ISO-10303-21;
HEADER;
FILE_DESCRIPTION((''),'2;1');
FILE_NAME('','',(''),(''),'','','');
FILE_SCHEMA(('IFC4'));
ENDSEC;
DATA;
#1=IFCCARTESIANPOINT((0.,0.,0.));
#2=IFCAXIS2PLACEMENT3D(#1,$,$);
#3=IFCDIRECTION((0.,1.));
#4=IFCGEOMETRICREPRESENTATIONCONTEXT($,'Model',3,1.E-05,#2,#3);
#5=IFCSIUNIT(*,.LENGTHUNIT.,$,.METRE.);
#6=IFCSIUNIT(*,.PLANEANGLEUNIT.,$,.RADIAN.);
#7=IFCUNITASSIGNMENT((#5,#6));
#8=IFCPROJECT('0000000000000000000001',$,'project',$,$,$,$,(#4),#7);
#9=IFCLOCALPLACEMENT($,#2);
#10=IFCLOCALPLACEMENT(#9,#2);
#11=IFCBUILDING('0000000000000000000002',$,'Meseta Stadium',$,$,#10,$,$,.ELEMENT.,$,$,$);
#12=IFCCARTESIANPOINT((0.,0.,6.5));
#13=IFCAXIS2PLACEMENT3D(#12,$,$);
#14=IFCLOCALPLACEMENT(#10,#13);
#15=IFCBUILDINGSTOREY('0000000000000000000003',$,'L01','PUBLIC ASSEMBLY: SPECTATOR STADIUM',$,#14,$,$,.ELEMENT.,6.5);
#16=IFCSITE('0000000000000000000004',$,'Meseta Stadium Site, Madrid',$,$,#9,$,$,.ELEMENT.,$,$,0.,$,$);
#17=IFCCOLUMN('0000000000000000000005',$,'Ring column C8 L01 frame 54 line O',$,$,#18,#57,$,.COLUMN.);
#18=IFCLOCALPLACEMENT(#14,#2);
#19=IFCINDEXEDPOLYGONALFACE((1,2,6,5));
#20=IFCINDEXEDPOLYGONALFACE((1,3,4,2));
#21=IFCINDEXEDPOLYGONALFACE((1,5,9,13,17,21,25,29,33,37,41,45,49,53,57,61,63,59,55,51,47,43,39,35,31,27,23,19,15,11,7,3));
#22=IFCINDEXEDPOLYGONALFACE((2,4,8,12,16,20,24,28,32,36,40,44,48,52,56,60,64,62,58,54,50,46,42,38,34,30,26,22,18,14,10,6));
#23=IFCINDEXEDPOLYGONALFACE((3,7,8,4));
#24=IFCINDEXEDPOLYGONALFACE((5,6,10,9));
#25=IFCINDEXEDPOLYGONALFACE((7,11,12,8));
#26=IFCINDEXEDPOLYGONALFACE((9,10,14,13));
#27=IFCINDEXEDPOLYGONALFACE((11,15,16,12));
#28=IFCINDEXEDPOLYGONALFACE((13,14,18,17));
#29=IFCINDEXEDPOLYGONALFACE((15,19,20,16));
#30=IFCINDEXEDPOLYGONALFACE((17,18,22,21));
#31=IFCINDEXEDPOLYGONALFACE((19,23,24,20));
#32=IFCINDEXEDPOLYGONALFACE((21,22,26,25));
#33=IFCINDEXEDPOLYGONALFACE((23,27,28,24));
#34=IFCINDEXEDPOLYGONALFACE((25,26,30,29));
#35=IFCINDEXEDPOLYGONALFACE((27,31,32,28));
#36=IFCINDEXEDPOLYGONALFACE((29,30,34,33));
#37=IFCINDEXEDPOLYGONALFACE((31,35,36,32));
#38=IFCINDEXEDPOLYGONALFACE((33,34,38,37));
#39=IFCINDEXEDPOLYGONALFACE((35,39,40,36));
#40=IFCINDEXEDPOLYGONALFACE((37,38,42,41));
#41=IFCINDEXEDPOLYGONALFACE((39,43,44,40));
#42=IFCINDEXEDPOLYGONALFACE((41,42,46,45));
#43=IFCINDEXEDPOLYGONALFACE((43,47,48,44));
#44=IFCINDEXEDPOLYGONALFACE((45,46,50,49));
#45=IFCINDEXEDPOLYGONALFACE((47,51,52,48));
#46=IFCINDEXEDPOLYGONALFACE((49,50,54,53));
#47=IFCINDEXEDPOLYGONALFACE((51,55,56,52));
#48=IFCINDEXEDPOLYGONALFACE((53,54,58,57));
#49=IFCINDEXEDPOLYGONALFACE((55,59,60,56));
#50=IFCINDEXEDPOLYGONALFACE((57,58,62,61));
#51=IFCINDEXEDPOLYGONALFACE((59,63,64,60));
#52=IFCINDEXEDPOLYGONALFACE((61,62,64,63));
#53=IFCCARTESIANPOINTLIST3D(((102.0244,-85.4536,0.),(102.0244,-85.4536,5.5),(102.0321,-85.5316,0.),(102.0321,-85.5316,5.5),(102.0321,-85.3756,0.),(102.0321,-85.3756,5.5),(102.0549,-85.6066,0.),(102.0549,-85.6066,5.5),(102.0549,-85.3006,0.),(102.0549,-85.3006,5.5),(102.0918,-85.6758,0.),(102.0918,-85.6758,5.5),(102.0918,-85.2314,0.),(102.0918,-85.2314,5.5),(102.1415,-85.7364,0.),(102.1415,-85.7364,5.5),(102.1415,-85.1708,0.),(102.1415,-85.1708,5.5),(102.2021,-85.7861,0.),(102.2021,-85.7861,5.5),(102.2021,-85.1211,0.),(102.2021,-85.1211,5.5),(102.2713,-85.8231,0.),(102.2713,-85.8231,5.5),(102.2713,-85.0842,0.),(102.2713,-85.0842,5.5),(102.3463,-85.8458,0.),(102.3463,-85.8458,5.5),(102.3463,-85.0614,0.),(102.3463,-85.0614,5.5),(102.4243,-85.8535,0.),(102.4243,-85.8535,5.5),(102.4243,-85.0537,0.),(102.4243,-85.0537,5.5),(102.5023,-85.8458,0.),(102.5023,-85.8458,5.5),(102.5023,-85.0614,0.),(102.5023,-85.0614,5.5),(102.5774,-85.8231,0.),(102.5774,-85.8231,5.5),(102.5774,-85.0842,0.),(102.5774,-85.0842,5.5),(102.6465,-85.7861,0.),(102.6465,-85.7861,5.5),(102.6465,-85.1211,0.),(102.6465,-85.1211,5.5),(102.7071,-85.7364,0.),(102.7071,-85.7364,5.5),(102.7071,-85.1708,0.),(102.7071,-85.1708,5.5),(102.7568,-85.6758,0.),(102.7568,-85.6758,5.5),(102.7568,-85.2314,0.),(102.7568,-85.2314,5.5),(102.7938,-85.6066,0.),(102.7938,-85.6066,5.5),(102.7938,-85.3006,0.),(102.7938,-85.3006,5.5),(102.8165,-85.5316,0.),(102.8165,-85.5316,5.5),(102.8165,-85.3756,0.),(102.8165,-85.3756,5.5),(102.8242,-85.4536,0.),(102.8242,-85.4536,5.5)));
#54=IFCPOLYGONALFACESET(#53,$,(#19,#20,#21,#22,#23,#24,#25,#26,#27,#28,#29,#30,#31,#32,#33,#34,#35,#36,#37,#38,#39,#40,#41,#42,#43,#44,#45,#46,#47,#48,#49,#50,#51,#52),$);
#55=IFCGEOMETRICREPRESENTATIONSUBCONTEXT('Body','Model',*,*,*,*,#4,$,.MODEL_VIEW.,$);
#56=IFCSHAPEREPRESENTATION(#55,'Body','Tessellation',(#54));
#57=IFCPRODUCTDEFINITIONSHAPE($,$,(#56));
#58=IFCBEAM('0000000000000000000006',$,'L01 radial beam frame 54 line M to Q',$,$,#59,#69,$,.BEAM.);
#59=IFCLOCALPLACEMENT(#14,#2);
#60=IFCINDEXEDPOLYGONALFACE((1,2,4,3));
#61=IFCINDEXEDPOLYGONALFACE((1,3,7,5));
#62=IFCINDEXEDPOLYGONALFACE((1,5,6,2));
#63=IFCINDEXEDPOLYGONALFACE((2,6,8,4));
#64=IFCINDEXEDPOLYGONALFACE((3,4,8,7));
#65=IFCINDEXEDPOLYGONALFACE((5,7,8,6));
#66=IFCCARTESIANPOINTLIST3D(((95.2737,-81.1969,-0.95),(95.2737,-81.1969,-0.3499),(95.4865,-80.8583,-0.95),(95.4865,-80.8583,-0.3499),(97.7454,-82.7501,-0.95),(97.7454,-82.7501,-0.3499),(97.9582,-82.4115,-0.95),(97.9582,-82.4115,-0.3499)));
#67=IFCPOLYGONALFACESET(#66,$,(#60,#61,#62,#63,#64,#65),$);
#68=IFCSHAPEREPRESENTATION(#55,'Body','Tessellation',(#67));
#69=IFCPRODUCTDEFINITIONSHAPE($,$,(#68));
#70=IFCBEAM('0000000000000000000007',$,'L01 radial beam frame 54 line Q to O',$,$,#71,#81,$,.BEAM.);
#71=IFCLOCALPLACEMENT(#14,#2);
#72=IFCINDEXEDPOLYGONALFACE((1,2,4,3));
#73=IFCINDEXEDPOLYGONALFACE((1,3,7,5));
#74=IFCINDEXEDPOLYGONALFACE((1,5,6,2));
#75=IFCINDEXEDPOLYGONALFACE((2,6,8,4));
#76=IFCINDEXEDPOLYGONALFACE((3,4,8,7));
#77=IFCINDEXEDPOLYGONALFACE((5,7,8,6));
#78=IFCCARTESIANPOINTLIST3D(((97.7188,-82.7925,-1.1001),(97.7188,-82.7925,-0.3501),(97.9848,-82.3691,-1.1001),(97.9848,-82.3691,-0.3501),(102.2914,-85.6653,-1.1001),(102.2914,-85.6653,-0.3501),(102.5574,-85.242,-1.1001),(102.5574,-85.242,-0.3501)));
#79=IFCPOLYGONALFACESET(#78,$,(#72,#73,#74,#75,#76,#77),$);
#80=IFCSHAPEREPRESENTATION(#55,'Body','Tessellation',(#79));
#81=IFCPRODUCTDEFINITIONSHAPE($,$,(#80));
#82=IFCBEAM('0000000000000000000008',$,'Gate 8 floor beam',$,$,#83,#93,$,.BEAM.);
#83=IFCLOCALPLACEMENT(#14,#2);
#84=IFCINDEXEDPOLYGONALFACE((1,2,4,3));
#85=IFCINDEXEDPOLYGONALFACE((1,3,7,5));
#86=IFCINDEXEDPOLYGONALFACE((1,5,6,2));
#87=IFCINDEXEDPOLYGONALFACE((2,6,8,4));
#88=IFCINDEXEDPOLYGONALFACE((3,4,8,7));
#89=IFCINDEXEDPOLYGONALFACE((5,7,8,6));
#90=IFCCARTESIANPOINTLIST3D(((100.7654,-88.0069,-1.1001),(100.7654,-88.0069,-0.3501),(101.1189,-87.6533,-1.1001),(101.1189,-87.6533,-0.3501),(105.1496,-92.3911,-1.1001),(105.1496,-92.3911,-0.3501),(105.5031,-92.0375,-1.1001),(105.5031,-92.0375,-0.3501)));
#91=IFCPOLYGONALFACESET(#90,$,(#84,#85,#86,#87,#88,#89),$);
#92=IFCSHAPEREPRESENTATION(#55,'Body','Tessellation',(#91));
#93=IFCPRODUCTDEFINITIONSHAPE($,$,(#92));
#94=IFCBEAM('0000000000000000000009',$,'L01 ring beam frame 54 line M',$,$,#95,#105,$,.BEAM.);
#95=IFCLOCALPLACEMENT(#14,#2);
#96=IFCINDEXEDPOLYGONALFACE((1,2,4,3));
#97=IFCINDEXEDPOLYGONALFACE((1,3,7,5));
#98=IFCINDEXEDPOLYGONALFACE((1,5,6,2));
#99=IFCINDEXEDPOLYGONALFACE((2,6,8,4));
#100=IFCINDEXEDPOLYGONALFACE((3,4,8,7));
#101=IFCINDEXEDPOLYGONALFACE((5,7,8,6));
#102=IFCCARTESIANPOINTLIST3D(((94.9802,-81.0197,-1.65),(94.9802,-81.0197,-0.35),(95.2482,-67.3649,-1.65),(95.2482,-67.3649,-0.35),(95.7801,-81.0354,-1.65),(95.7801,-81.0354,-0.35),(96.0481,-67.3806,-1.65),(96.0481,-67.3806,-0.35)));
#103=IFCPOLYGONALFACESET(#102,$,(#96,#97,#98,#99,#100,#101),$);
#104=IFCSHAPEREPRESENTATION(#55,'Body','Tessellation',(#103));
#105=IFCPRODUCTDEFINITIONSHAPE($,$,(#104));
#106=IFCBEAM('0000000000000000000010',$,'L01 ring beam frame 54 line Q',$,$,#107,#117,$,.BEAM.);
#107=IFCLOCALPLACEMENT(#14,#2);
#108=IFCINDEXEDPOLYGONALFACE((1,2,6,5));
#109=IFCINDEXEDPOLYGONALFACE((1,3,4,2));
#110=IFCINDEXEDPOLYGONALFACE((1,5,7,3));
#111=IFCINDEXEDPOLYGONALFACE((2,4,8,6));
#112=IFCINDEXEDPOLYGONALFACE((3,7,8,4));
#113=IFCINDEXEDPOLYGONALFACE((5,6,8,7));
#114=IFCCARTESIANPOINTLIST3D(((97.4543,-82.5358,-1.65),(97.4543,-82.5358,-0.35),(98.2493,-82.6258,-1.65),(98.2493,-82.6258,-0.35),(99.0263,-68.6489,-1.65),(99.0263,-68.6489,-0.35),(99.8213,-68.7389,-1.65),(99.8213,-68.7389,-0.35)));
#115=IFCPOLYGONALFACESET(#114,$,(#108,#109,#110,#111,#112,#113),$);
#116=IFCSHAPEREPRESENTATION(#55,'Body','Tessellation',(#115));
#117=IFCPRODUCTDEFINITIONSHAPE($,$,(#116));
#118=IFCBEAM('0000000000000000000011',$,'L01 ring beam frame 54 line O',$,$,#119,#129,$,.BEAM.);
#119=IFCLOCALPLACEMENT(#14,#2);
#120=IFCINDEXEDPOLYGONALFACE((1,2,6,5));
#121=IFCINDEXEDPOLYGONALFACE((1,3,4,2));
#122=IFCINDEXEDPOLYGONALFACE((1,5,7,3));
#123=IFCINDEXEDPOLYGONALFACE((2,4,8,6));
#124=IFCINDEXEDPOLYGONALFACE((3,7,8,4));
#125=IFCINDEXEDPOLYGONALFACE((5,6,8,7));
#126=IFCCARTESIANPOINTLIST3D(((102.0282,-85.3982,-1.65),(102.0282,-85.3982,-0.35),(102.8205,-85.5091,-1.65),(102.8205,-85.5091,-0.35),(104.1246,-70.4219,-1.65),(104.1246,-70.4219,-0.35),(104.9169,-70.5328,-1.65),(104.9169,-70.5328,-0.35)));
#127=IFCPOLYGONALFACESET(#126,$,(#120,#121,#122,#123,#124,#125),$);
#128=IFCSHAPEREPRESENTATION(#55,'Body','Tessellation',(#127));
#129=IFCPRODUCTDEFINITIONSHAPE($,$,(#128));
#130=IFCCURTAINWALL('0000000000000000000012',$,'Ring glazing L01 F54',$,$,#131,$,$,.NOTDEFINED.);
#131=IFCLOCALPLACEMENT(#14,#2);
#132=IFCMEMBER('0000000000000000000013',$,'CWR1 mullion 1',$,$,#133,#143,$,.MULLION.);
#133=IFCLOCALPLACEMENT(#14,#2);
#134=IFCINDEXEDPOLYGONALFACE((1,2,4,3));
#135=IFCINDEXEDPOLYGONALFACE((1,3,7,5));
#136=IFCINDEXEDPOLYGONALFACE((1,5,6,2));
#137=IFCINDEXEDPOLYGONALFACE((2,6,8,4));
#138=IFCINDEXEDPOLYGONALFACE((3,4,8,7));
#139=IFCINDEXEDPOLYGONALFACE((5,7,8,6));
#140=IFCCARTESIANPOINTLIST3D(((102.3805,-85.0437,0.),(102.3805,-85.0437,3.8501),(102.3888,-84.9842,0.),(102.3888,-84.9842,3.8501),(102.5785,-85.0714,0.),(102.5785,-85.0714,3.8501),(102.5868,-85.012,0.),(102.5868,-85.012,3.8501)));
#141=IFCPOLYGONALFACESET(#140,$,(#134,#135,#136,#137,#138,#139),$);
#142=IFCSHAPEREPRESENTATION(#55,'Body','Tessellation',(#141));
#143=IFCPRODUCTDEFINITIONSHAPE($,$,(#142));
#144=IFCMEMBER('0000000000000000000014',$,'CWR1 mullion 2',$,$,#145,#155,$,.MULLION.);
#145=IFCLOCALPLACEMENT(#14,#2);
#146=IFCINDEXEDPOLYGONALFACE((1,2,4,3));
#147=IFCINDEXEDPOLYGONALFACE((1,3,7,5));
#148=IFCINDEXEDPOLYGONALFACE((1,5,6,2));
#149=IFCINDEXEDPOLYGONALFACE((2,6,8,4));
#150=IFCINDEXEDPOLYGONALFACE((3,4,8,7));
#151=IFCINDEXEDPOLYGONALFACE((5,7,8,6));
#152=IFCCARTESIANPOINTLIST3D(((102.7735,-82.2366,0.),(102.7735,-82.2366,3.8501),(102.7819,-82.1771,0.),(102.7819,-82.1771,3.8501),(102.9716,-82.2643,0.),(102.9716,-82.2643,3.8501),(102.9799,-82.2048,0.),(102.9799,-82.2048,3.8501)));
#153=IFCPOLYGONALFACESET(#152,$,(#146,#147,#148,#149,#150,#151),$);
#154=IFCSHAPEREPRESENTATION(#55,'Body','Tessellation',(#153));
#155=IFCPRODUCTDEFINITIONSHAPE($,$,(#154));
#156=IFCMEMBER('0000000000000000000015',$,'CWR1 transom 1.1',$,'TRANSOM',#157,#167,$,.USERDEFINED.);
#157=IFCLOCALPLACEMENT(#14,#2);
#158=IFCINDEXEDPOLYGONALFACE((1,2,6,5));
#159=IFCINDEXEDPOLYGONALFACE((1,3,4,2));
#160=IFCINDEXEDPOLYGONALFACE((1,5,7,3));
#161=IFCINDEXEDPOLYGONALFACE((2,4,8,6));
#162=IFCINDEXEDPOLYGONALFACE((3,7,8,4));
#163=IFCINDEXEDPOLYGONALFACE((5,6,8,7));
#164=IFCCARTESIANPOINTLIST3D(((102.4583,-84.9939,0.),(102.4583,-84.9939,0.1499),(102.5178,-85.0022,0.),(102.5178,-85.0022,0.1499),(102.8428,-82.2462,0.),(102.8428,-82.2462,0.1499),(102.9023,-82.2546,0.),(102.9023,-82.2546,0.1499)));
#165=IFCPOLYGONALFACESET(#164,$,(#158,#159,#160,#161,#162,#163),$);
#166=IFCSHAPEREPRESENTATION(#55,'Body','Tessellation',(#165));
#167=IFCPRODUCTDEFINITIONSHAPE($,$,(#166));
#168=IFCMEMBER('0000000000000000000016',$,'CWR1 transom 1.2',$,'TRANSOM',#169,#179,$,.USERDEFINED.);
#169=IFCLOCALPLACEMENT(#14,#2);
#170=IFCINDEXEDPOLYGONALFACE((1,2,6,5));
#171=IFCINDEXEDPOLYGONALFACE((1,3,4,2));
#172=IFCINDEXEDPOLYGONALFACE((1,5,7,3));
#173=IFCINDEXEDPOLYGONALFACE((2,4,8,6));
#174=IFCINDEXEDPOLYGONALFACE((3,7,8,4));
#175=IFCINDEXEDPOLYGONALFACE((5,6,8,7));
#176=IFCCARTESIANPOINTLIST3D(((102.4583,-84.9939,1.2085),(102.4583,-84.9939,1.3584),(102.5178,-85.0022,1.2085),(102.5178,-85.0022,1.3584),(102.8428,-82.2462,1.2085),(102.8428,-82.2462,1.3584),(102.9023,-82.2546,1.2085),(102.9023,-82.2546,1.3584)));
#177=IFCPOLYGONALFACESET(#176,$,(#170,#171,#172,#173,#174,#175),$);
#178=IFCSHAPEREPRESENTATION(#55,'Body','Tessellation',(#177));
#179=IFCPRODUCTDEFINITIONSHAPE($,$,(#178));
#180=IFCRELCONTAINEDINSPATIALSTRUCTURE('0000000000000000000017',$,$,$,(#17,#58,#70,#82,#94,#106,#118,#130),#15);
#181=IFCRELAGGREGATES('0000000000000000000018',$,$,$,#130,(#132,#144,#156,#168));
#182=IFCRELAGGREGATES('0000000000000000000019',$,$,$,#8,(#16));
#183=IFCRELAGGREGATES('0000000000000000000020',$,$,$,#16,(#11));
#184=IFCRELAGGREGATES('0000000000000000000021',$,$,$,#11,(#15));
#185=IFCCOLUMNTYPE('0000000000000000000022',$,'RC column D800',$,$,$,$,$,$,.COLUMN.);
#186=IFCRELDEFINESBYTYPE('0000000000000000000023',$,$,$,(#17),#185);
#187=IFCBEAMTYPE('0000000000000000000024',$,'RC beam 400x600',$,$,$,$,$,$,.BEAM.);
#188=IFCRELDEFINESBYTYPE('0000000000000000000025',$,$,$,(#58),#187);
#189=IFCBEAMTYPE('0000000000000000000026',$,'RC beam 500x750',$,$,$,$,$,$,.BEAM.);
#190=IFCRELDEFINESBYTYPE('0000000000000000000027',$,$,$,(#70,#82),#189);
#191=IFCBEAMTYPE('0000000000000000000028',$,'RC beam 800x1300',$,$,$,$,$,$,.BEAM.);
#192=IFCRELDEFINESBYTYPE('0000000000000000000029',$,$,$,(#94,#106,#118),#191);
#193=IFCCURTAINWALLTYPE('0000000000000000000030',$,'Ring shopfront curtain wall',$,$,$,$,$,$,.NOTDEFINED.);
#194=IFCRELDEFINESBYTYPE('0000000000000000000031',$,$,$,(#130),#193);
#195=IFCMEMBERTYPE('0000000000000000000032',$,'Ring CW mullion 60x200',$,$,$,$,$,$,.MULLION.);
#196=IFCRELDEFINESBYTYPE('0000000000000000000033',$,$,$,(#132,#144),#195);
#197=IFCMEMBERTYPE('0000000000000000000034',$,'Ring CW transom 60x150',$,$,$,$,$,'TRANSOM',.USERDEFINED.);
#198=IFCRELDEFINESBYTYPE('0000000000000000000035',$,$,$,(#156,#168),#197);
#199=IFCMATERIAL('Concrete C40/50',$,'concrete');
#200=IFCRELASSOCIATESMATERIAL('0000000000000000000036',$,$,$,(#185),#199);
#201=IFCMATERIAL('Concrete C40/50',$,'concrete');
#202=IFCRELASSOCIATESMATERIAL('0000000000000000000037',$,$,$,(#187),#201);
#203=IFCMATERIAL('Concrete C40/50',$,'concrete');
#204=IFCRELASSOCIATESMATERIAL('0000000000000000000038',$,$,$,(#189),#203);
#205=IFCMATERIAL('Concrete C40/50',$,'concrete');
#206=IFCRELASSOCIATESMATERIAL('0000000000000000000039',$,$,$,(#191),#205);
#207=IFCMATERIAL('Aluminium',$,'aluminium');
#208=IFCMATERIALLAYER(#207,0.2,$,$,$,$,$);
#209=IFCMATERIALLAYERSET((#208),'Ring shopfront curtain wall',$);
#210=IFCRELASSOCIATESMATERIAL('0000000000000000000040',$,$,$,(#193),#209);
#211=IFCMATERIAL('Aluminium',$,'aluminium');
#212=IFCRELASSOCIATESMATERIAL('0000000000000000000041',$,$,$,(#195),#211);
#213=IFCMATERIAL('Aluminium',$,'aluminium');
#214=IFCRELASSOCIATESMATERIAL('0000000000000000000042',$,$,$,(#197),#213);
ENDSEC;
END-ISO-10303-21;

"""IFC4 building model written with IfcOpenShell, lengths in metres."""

from ifc_helpers import new_model, si_unit, direction, frame, origin, origin_2d, place, context, subcontext, project, spatial, rectangle, circle, extrude, material, layer, layer_set, material_profile, profile_set, type_object, element, aggregate, save


model = new_model("IFC4")

# Units and contexts
model_context = context("Model", 3, precision=1e-05, world=origin(), true_north=direction((0.0, 1.0)))
body_context = subcontext(model_context, "Body", "Model", "MODEL_VIEW")
ifc_project = project(units=[si_unit("LENGTHUNIT", "METRE"), si_unit("PLANEANGLEUNIT", "RADIAN")], contexts=[model_context])

# Site, building, storey
site_placement = place(None, origin())
site = spatial("IfcSite", under=ifc_project, at=site_placement, Name="Meseta Stadium Site, Madrid", CompositionType="ELEMENT", RefElevation=0.0)
building_placement = place(site_placement, origin())
building = spatial("IfcBuilding", under=site, at=building_placement, Name="Meseta Stadium", CompositionType="ELEMENT")
storey_placement = place(building_placement, frame((0.0, 0.0, 6.5)))
storey = spatial("IfcBuildingStorey", under=building, at=storey_placement, Name="L01", Description="PUBLIC ASSEMBLY: SPECTATOR STADIUM", CompositionType="ELEMENT", Elevation=6.5)

# Column
ifc_material_1 = material(Name="Concrete C40/50", Category="concrete")
ifc_material_profile_1 = material_profile(ifc_material_1, circle(Radius=0.3999, at=origin_2d()), Name="RC D800")
ifc_profile_set_1 = profile_set([ifc_material_profile_1], Name="Concrete C40/50")
column_type_1 = type_object("IfcColumnType", Name="RC column D800", PredefinedType="COLUMN", material=ifc_profile_set_1)
for number, where, z_axis, x_axis, name in (
    (1, (102.4243, -85.4536, 0.0), (0.0, 0.0, 1.0), (1.0, 0.0, 0.0), "Ring column C8 L01 frame 54 line O"),
):
    element("IfcColumn", number, at=place(storey_placement, frame(where, z_axis=z_axis, x_axis=x_axis)), inside=storey, type_object=column_type_1, Name=name, PredefinedType="COLUMN", context=body_context, shape_type="SweptSolid", body=[
        extrude(circle(Radius=0.3999, at=origin_2d()), origin(), (0.0, 0.0, 1.0), 5.5),
    ])

# Beams
ifc_material_2 = material(Name="Concrete C40/50", Category="concrete")
ifc_material_profile_2 = material_profile(ifc_material_2, rectangle(XDim=0.3999, YDim=0.6001, at=origin_2d()), Name="RC 400x600")
ifc_profile_set_2 = profile_set([ifc_material_profile_2], Name="Concrete C40/50")
beam_type_1 = type_object("IfcBeamType", Name="RC beam 400x600", PredefinedType="BEAM", material=ifc_profile_set_2)
beam_1_placement = place(storey_placement, frame((95.3801, -81.0276, -0.6499), z_axis=(0.846699, -0.532072, 0.0), x_axis=(0.532072, 0.846699, 0.0)))
element("IfcBeam", 2, at=beam_1_placement, inside=storey, type_object=beam_type_1, Name="L01 radial beam frame 54 line M to Q", PredefinedType="BEAM", context=body_context, shape_type="SweptSolid", body=[
    extrude(rectangle(XDim=0.3999, YDim=0.6001, at=origin_2d()), origin(), (0.0, 0.0, 1.0), 2.9192),
])
ifc_material_3 = material(Name="Concrete C40/50", Category="concrete")
ifc_material_profile_3 = material_profile(ifc_material_3, rectangle(XDim=0.5, YDim=0.75, at=origin_2d()), Name="RC 500x750")
ifc_profile_set_3 = profile_set([ifc_material_profile_3], Name="Concrete C40/50")
beam_type_2 = type_object("IfcBeamType", Name="RC beam 500x750", PredefinedType="BEAM", material=ifc_profile_set_3)
beam_2_placement = place(storey_placement, frame((97.8518, -82.5808, -0.7251), z_axis=(0.846749, -0.531993, 0.0), x_axis=(0.531993, 0.846749, 0.0)))
element("IfcBeam", 3, at=beam_2_placement, inside=storey, type_object=beam_type_2, Name="L01 radial beam frame 54 line Q to O", PredefinedType="BEAM", context=body_context, shape_type="SweptSolid", body=[
    extrude(rectangle(XDim=0.5, YDim=0.75, at=origin_2d()), origin(), (0.0, 0.0, 1.0), 5.4001),
])
beam_3_placement = place(storey_placement, frame((100.9421, -87.8301, -0.7251), z_axis=(0.707107, -0.707107, 0.0), x_axis=(0.707107, 0.707107, 0.0)))
element("IfcBeam", 4, at=beam_3_placement, inside=storey, type_object=beam_type_2, Name="Gate 8 floor beam", PredefinedType="BEAM", context=body_context, shape_type="SweptSolid", body=[
    extrude(rectangle(XDim=0.5, YDim=0.75, at=origin_2d()), origin(), (0.0, 0.0, 1.0), 6.2002),
])
ifc_material_4 = material(Name="Concrete C40/50", Category="concrete")
ifc_material_profile_4 = material_profile(ifc_material_4, rectangle(XDim=0.8, YDim=1.3, at=origin_2d()), Name="RC 800x1300")
ifc_profile_set_4 = profile_set([ifc_material_profile_4], Name="Concrete C40/50")
beam_type_3 = type_object("IfcBeamType", Name="RC beam 800x1300", PredefinedType="BEAM", material=ifc_profile_set_4)
beam_4_placement = place(storey_placement, frame((95.3801, -81.0276, -1.0), z_axis=(0.019628, 0.999807, 0.0), x_axis=(-0.999807, 0.019628, 0.0)))
element("IfcBeam", 5, at=beam_4_placement, inside=storey, type_object=beam_type_3, Name="L01 ring beam frame 54 line M", PredefinedType="BEAM", context=body_context, shape_type="SweptSolid", body=[
    extrude(rectangle(XDim=0.8, YDim=1.3, at=origin_2d()), origin(), (0.0, 0.0, 1.0), 13.6575),
])
beam_5_placement = place(storey_placement, frame((97.8518, -82.5808, -1.0), z_axis=(0.112483, 0.993654, 0.0), x_axis=(-0.993654, 0.112483, 0.0)))
element("IfcBeam", 6, at=beam_5_placement, inside=storey, type_object=beam_type_3, Name="L01 ring beam frame 54 line Q", PredefinedType="BEAM", context=body_context, shape_type="SweptSolid", body=[
    extrude(rectangle(XDim=0.8, YDim=1.3, at=origin_2d()), origin(), (0.0, 0.0, 1.0), 13.9756),
])
beam_6_placement = place(storey_placement, frame((102.4243, -85.4536, -1.0), z_axis=(0.138632, 0.990344, 0.0), x_axis=(-0.990344, 0.138632, 0.0)))
element("IfcBeam", 7, at=beam_6_placement, inside=storey, type_object=beam_type_3, Name="L01 ring beam frame 54 line O", PredefinedType="BEAM", context=body_context, shape_type="SweptSolid", body=[
    extrude(rectangle(XDim=0.8, YDim=1.3, at=origin_2d()), origin(), (0.0, 0.0, 1.0), 15.1223),
])

# Curtain wall, members
ifc_material_5 = material(Name="Aluminium", Category="aluminium")
ifc_layer_1 = layer(ifc_material_5, 0.2)
ifc_layer_set_1 = layer_set([ifc_layer_1], Name="Ring shopfront curtain wall")
curtain_wall_type = type_object("IfcCurtainWallType", Name="Ring shopfront curtain wall", PredefinedType="NOTDEFINED", material=ifc_layer_set_1)
curtain_wall_placement = place(storey_placement, origin())
curtain_wall = element("IfcCurtainWall", 8, at=curtain_wall_placement, inside=storey, type_object=curtain_wall_type, Name="Ring glazing L01 F54", PredefinedType="NOTDEFINED")
ifc_material_6 = material(Name="Aluminium", Category="aluminium")
ifc_material_profile_5 = material_profile(ifc_material_6, rectangle(XDim=0.2, YDim=0.0601, at=origin_2d()), Name="CW 200x60")
ifc_profile_set_5 = profile_set([ifc_material_profile_5], Name="Aluminium")
member_type_1 = type_object("IfcMemberType", Name="Ring CW mullion 60x200", PredefinedType="MULLION", material=ifc_profile_set_5)
member_1_placement = place(storey_placement, frame((102.4836, -85.0278, 0.0), z_axis=(0.0, 0.0, 1.0), x_axis=(-0.990342, 0.138643, 0.0)))
member_1 = element("IfcMember", 9, at=member_1_placement, type_object=member_type_1, Name="CWR1 mullion 1", PredefinedType="MULLION", context=body_context, shape_type="SweptSolid", body=[
    extrude(rectangle(XDim=0.2, YDim=0.0601, at=origin_2d()), origin(), (0.0, 0.0, 1.0), 3.8501),
])
member_2_placement = place(storey_placement, frame((102.8767, -82.2207, 0.0), z_axis=(0.0, 0.0, 1.0), x_axis=(-0.990342, 0.138643, 0.0)))
member_2 = element("IfcMember", 10, at=member_2_placement, type_object=member_type_1, Name="CWR1 mullion 2", PredefinedType="MULLION", context=body_context, shape_type="SweptSolid", body=[
    extrude(rectangle(XDim=0.2, YDim=0.0601, at=origin_2d()), origin(), (0.0, 0.0, 1.0), 3.8501),
])
ifc_material_7 = material(Name="Aluminium", Category="aluminium")
ifc_material_profile_6 = material_profile(ifc_material_7, rectangle(XDim=0.0601, YDim=0.1499, at=origin_2d()), Name="CW 60x150")
ifc_profile_set_6 = profile_set([ifc_material_profile_6], Name="Aluminium")
member_type_2 = type_object("IfcMemberType", Name="Ring CW transom 60x150", ElementType="TRANSOM", PredefinedType="USERDEFINED", material=ifc_profile_set_6)
member_3_placement = place(storey_placement, frame((102.488, -84.998, 0.075), z_axis=(0.1386, 0.990349, 0.0), x_axis=(-0.990349, 0.1386, 0.0)))
member_3 = element("IfcMember", 11, at=member_3_placement, type_object=member_type_2, Name="CWR1 transom 1.1", ObjectType="TRANSOM", PredefinedType="USERDEFINED", context=body_context, shape_type="SweptSolid", body=[
    extrude(rectangle(XDim=0.0601, YDim=0.1499, at=origin_2d()), origin(), (0.0, 0.0, 1.0), 2.7744),
])
member_4_placement = place(storey_placement, frame((102.488, -84.998, 1.2834), z_axis=(0.1386, 0.990349, 0.0), x_axis=(-0.990349, 0.1386, 0.0)))
member_4 = element("IfcMember", 12, at=member_4_placement, type_object=member_type_2, Name="CWR1 transom 1.2", ObjectType="TRANSOM", PredefinedType="USERDEFINED", context=body_context, shape_type="SweptSolid", body=[
    extrude(rectangle(XDim=0.0601, YDim=0.1499, at=origin_2d()), origin(), (0.0, 0.0, 1.0), 2.7744),
])

aggregate(curtain_wall, [member_1, member_2, member_3, member_4])

save(model, "model.ifc")
